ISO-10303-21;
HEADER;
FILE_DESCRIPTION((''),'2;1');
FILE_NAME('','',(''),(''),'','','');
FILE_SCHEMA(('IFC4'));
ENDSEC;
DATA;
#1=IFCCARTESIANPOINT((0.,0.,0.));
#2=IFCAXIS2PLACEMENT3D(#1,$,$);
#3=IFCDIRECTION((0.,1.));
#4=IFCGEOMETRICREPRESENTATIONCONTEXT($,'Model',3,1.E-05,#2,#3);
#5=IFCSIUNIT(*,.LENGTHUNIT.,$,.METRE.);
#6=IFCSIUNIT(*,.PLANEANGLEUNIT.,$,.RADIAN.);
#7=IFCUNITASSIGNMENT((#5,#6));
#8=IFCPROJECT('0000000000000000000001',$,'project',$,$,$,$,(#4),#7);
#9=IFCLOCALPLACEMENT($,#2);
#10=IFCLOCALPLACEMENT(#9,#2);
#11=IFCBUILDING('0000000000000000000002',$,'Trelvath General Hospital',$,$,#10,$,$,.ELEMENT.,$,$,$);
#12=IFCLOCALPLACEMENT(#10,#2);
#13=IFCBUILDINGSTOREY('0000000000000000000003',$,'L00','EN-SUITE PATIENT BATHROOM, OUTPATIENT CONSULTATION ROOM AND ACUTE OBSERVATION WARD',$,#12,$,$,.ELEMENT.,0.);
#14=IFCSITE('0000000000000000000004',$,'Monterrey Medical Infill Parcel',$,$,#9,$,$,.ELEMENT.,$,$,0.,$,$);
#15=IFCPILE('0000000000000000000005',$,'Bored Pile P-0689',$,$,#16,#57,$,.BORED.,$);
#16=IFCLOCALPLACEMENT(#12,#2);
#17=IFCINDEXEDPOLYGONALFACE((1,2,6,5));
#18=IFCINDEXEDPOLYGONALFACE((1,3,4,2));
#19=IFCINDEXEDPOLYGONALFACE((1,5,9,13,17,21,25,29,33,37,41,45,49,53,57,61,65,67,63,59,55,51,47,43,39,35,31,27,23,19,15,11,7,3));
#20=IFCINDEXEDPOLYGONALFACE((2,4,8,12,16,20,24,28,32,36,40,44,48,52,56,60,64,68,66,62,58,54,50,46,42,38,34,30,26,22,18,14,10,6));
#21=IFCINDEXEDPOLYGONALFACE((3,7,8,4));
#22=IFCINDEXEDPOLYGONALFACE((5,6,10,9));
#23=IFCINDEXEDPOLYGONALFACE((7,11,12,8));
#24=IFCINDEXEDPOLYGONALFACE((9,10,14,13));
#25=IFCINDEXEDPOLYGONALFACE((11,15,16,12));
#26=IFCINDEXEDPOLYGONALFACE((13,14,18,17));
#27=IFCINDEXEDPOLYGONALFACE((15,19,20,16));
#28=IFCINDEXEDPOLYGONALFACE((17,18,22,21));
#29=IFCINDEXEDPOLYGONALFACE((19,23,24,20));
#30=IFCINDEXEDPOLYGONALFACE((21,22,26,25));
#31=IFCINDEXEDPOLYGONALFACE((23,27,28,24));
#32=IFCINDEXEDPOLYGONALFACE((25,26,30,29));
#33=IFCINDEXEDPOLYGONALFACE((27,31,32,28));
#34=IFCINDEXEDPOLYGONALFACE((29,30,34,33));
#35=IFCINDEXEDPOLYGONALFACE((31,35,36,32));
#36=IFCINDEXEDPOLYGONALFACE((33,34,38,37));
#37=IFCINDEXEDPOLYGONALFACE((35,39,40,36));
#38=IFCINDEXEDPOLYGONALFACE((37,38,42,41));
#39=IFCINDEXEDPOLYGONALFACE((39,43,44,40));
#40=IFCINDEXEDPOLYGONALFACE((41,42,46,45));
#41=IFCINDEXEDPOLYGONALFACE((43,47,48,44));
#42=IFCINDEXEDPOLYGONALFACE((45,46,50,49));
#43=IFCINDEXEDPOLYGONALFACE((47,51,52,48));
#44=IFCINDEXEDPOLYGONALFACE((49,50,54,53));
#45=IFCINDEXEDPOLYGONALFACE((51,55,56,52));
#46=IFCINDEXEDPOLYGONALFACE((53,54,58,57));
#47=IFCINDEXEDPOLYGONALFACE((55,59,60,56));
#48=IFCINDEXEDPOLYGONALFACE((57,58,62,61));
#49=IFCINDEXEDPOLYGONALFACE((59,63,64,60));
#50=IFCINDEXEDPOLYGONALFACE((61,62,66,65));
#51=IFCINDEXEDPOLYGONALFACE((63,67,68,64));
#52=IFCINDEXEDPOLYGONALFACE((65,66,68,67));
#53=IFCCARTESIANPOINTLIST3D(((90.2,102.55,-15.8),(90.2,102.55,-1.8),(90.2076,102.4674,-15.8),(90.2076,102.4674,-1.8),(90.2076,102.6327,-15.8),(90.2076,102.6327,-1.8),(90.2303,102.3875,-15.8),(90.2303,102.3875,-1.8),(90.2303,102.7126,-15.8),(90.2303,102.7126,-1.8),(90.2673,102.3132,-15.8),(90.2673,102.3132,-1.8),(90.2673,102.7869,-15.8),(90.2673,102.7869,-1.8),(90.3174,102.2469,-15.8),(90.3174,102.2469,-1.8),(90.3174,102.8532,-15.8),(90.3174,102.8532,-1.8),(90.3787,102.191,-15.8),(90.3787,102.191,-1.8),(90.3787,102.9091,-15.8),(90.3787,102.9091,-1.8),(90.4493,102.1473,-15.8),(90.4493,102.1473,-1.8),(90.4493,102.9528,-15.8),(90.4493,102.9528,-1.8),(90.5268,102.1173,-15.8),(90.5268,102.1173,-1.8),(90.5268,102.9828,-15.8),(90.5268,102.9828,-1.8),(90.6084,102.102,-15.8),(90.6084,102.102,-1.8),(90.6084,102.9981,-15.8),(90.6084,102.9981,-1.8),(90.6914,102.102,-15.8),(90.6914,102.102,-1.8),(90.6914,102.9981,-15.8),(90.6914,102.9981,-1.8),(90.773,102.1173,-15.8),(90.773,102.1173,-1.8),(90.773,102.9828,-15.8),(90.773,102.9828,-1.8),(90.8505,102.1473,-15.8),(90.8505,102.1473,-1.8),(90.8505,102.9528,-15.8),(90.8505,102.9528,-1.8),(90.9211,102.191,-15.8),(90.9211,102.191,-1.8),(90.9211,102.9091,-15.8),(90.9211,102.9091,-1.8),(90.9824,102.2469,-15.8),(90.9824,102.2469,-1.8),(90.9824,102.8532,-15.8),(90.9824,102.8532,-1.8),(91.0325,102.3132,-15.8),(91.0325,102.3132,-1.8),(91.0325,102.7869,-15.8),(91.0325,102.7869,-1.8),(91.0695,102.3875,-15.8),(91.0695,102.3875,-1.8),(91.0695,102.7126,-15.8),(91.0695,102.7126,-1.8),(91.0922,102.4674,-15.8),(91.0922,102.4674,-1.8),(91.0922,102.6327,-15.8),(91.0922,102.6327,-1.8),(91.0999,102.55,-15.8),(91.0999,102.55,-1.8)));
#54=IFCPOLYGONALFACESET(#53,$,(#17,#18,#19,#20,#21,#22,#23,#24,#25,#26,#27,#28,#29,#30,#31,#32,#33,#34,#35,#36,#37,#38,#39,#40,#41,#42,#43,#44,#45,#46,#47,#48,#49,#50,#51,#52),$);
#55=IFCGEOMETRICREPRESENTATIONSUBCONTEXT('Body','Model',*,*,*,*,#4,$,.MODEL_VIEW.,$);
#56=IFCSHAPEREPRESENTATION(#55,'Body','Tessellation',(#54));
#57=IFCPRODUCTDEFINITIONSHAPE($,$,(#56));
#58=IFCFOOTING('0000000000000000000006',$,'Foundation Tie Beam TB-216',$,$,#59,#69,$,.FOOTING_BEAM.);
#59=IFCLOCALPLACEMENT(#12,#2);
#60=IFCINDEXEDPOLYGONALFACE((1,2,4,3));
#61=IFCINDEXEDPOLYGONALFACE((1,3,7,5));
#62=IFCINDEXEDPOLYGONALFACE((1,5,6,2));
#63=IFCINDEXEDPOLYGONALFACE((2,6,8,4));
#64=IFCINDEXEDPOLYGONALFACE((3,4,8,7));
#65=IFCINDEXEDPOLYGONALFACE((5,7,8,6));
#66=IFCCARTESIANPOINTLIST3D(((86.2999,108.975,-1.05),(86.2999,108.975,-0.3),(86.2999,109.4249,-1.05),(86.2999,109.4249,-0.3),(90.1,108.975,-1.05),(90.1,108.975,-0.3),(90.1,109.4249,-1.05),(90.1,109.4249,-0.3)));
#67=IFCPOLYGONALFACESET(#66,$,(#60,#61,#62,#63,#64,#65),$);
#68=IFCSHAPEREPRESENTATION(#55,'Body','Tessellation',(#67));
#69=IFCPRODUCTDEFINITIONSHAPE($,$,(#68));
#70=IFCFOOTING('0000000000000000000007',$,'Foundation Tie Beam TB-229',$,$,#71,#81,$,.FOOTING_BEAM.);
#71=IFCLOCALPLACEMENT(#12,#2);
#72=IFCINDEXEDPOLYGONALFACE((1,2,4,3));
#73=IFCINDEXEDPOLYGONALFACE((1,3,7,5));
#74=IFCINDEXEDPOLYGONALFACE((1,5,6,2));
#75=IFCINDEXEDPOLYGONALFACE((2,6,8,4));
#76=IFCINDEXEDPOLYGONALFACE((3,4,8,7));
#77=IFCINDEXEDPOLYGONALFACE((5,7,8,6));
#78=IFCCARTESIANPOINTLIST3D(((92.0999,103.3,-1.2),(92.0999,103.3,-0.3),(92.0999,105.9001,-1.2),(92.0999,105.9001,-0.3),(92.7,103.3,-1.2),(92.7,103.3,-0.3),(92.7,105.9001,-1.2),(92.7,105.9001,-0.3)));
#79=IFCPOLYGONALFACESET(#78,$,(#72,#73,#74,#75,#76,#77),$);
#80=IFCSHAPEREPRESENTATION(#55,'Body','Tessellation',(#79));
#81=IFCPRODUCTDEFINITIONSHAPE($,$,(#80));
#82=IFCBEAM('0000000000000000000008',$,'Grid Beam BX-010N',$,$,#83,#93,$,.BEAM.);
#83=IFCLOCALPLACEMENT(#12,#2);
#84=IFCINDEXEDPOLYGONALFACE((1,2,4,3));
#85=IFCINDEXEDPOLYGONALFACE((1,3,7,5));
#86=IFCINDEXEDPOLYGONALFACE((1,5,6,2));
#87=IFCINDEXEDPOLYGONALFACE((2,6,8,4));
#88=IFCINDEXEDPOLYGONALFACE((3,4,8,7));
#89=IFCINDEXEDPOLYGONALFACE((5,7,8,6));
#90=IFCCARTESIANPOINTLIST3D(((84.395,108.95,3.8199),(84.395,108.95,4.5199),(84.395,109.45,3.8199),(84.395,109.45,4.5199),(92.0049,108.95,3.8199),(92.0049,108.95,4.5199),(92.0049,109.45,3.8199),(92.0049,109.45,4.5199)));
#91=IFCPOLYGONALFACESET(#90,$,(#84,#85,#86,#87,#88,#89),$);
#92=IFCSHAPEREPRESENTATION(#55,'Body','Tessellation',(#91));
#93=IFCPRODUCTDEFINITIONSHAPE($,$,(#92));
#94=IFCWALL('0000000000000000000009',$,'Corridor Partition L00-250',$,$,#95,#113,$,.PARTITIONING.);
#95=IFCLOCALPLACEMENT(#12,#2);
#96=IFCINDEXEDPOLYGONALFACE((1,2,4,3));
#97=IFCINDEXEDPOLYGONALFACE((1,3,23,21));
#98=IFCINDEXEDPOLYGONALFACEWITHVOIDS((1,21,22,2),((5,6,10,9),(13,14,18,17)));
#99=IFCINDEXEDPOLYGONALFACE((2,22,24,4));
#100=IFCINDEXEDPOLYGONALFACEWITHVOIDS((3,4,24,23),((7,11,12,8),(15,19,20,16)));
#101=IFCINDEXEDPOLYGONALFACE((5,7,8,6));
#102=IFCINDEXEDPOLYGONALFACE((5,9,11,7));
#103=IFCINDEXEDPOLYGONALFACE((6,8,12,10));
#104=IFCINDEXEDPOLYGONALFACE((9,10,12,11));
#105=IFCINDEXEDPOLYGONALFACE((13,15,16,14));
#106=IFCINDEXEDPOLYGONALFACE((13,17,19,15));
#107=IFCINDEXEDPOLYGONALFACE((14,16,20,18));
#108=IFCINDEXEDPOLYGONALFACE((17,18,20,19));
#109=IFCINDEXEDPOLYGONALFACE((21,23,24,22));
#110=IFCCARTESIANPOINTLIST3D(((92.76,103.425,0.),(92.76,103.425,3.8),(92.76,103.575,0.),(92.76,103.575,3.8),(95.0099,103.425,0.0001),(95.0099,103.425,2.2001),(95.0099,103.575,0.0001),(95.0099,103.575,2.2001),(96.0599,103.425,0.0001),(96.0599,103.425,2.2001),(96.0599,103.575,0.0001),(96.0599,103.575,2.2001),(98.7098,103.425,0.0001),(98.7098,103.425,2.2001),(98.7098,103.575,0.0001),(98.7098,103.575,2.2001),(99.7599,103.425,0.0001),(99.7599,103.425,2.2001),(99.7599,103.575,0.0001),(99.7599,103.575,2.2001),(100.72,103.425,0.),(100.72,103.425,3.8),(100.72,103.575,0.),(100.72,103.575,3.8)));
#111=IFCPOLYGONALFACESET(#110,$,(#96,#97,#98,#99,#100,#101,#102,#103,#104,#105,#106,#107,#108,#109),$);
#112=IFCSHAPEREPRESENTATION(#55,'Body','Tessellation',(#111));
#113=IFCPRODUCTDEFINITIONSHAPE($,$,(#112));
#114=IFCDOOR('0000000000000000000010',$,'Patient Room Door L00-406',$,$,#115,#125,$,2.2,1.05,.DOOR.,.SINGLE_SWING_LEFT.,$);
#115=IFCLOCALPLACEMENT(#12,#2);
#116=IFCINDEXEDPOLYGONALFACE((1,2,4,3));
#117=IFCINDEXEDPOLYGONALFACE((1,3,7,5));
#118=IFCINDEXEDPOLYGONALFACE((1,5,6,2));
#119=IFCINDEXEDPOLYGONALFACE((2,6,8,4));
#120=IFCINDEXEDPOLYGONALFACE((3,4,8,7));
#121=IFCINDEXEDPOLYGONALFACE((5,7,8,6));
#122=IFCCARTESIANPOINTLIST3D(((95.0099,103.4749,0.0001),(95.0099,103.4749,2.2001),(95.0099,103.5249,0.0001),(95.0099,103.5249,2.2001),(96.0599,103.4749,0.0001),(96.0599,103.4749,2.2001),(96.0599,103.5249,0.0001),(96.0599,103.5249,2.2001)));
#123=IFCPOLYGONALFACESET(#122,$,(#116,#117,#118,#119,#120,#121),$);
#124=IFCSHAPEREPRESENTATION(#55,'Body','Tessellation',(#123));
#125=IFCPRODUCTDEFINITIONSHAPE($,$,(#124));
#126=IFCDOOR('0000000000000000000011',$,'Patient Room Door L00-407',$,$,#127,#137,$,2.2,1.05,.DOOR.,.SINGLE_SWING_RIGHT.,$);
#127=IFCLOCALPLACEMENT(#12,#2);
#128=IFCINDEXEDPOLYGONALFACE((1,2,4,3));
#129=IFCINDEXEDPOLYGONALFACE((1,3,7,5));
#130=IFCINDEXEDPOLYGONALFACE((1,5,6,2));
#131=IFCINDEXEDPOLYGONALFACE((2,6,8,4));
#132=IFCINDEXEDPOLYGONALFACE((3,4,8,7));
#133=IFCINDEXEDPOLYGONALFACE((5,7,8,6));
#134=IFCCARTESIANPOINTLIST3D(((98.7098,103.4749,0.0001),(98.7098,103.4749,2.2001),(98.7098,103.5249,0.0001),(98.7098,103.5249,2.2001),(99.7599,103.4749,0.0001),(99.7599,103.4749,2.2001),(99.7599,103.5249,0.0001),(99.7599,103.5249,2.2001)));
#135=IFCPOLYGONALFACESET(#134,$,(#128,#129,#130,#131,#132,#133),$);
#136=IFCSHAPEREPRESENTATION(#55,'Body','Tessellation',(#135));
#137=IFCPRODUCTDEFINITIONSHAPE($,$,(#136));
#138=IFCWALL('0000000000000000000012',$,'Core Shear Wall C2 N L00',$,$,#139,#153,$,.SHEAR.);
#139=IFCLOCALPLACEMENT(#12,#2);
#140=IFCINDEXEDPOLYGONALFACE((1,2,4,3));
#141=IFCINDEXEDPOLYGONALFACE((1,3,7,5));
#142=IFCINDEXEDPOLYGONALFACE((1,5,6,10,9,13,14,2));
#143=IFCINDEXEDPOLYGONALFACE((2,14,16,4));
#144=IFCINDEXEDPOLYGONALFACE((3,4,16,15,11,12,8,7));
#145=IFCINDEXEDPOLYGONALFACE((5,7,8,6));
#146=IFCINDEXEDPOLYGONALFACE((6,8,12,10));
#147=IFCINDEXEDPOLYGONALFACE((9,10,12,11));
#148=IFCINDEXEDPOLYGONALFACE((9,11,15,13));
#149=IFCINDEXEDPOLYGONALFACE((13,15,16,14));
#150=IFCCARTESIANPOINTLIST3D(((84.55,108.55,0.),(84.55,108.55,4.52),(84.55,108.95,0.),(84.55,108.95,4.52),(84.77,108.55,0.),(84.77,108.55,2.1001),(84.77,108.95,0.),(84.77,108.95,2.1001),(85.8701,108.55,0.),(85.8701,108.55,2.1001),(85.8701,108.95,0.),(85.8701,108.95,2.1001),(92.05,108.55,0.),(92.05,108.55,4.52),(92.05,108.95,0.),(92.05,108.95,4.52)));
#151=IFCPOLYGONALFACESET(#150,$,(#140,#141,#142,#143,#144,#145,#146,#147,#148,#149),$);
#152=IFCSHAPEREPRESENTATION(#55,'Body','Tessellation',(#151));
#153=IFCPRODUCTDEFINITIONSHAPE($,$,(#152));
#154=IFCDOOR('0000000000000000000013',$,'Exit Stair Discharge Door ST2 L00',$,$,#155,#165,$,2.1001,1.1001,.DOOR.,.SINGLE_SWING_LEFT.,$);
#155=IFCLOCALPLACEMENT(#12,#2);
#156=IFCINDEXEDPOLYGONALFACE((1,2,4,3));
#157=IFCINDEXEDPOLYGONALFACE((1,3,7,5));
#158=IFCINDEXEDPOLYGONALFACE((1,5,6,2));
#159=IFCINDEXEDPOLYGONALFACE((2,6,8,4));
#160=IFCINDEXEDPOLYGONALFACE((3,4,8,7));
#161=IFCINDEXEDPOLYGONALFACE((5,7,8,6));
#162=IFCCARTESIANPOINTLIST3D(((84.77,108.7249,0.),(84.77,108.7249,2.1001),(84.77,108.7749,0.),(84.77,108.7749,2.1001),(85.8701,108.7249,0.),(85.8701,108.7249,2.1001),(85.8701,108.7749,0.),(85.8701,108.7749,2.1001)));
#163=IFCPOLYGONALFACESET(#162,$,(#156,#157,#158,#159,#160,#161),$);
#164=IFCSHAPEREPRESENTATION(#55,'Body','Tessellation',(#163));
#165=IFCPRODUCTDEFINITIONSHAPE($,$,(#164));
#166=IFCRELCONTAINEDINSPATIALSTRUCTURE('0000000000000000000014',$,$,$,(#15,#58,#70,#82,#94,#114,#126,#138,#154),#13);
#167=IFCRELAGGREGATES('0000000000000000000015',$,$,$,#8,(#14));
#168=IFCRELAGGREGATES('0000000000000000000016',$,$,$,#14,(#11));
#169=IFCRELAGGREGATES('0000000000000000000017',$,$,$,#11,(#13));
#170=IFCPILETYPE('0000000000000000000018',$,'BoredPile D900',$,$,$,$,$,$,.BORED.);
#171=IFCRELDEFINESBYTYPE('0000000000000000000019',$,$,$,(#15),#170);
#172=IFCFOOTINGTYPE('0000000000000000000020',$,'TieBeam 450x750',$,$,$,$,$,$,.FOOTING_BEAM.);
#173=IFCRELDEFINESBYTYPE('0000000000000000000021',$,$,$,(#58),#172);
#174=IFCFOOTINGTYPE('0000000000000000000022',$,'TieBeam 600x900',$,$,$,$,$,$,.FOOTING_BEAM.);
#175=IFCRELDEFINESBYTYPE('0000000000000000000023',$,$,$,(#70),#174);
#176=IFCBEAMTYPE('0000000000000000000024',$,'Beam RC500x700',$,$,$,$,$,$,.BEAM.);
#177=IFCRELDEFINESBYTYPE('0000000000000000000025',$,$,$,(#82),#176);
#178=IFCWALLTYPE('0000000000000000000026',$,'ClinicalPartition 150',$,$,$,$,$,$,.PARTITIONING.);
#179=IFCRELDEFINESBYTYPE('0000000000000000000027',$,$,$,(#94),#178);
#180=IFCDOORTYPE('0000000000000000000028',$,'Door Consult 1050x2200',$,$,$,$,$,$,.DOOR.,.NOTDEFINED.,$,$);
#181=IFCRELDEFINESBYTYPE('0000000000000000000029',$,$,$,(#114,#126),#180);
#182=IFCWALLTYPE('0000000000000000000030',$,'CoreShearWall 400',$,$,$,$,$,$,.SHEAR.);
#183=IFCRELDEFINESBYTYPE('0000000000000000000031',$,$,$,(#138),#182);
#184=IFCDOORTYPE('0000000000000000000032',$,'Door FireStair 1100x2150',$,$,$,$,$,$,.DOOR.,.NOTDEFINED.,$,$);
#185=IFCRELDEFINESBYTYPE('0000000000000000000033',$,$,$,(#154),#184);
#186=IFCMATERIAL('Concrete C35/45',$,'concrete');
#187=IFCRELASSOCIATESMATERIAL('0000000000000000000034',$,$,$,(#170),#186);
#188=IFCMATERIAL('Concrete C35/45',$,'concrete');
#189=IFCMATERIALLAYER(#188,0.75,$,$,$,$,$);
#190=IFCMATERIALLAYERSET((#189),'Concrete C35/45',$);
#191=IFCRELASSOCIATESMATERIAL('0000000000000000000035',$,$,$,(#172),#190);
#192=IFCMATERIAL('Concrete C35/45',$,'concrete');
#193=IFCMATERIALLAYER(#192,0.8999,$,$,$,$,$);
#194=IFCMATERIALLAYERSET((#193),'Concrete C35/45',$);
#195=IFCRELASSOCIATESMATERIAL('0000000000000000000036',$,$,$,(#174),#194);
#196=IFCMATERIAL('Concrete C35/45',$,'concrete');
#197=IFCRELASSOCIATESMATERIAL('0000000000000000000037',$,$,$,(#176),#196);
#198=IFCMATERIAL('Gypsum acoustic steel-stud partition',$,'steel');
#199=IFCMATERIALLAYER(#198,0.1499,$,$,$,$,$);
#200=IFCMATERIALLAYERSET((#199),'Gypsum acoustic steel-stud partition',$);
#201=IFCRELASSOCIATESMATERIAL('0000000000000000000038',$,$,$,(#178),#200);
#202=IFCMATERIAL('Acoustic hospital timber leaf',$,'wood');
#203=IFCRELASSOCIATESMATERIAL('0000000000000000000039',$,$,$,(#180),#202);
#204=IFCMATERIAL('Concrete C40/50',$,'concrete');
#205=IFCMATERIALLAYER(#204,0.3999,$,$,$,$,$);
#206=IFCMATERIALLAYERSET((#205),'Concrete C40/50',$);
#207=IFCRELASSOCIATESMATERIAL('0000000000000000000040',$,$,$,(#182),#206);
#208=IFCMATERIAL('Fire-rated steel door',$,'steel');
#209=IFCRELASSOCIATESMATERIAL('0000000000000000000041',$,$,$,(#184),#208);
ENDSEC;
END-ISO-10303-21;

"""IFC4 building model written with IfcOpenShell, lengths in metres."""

from ifc_helpers import new_model, si_unit, direction, frame, frame_2d, origin, origin_2d, place, context, subcontext, project, spatial, rectangle, circle, extrude, material, layer, layer_set, material_profile, profile_set, type_object, element, fill, save


model = new_model("IFC4")

# Units and contexts
model_context = context("Model", 3, precision=1e-05, world=origin(), true_north=direction((0.0, 1.0)))
body_context = subcontext(model_context, "Body", "Model", "MODEL_VIEW")
ifc_project = project(units=[si_unit("LENGTHUNIT", "METRE"), si_unit("PLANEANGLEUNIT", "RADIAN")], contexts=[model_context])

# Site, building, storey
site_placement = place(None, origin())
site = spatial("IfcSite", under=ifc_project, at=site_placement, Name="Monterrey Medical Infill Parcel", CompositionType="ELEMENT", RefElevation=0.0)
building_placement = place(site_placement, origin())
building = spatial("IfcBuilding", under=site, at=building_placement, Name="Trelvath General Hospital", CompositionType="ELEMENT")
storey_placement = place(building_placement, origin())
storey = spatial("IfcBuildingStorey", under=building, at=storey_placement, Name="L00", Description="EN-SUITE PATIENT BATHROOM, OUTPATIENT CONSULTATION ROOM AND ACUTE OBSERVATION WARD", CompositionType="ELEMENT", Elevation=0.0)

# Pile
ifc_material_1 = material(Name="Concrete C35/45", Category="concrete")
ifc_material_profile_1 = material_profile(ifc_material_1, circle(Radius=0.45, at=origin_2d()), Name="PILE900")
ifc_profile_set_1 = profile_set([ifc_material_profile_1], Name="Concrete C35/45")
pile_type_1 = type_object("IfcPileType", Name="BoredPile D900", PredefinedType="BORED", material=ifc_profile_set_1)
for number, where, z_axis, x_axis, name in (
    (1, (90.6499, 102.55, -1.8), (0.0, 0.0, -1.0), (1.0, 0.0, 0.0), "Bored Pile P-0689"),
):
    element("IfcPile", number, at=place(storey_placement, frame(where, z_axis=z_axis, x_axis=x_axis)), inside=storey, type_object=pile_type_1, Name=name, PredefinedType="BORED", context=body_context, shape_type="SweptSolid", body=[
        extrude(circle(Radius=0.45, at=origin_2d()), origin(), (0.0, 0.0, 1.0), 14.0),
    ])

# Footings
ifc_material_2 = material(Name="Concrete C35/45", Category="concrete")
ifc_layer_1 = layer(ifc_material_2, 0.75)
ifc_layer_set_1 = layer_set([ifc_layer_1], Name="Concrete C35/45")
footing_type_1 = type_object("IfcFootingType", Name="TieBeam 450x750", PredefinedType="FOOTING_BEAM", material=ifc_layer_set_1)
footing_1_placement = place(storey_placement, frame((88.2, 109.2, -1.05), z_axis=(0.0, 0.0, 1.0), x_axis=(1.0, 0.0, 0.0)))
element("IfcFooting", 2, at=footing_1_placement, inside=storey, type_object=footing_type_1, Name="Foundation Tie Beam TB-216", PredefinedType="FOOTING_BEAM", context=body_context, shape_type="SweptSolid", body=[
    extrude(rectangle(XDim=3.8, YDim=0.45, at=origin_2d()), origin(), (0.0, 0.0, 1.0), 0.75),
])
ifc_material_3 = material(Name="Concrete C35/45", Category="concrete")
ifc_layer_2 = layer(ifc_material_3, 0.8999)
ifc_layer_set_2 = layer_set([ifc_layer_2], Name="Concrete C35/45")
footing_type_2 = type_object("IfcFootingType", Name="TieBeam 600x900", PredefinedType="FOOTING_BEAM", material=ifc_layer_set_2)
footing_2_placement = place(storey_placement, frame((92.3999, 104.6001, -1.2), z_axis=(0.0, 0.0, 1.0), x_axis=(1.0, 0.0, 0.0)))
element("IfcFooting", 3, at=footing_2_placement, inside=storey, type_object=footing_type_2, Name="Foundation Tie Beam TB-229", PredefinedType="FOOTING_BEAM", context=body_context, shape_type="SweptSolid", body=[
    extrude(rectangle(XDim=0.6001, YDim=2.6001, at=origin_2d()), origin(), (0.0, 0.0, 1.0), 0.8999),
])

# Beam
ifc_material_4 = material(Name="Concrete C35/45", Category="concrete")
ifc_material_profile_2 = material_profile(ifc_material_4, rectangle(XDim=0.5, YDim=0.7, at=origin_2d()), Name="RCB500x700")
ifc_profile_set_2 = profile_set([ifc_material_profile_2], Name="Concrete C35/45")
beam_type = type_object("IfcBeamType", Name="Beam RC500x700", PredefinedType="BEAM", material=ifc_profile_set_2)
beam_placement = place(storey_placement, frame((84.395, 109.2, 4.1699), z_axis=(1.0, 0.0, 0.0), x_axis=(0.0, 1.0, 0.0)))
element("IfcBeam", 4, at=beam_placement, inside=storey, type_object=beam_type, Name="Grid Beam BX-010N", PredefinedType="BEAM", context=body_context, shape_type="SweptSolid", body=[
    extrude(rectangle(XDim=0.5, YDim=0.7, at=origin_2d()), origin(), (0.0, 0.0, 1.0), 7.6099),
])

# Wall, openings, doors
ifc_material_5 = material(Name="Gypsum acoustic steel-stud partition", Category="steel")
ifc_layer_3 = layer(ifc_material_5, 0.1499)
ifc_layer_set_3 = layer_set([ifc_layer_3], Name="Gypsum acoustic steel-stud partition")
wall_type_1 = type_object("IfcWallType", Name="ClinicalPartition 150", PredefinedType="PARTITIONING", material=ifc_layer_set_3)
wall_1_placement = place(storey_placement, frame((92.76, 103.5, 0.0), z_axis=(0.0, 0.0, 1.0), x_axis=(1.0, 0.0, 0.0)))
wall_1 = element("IfcWall", 5, at=wall_1_placement, inside=storey, type_object=wall_type_1, Name="Corridor Partition L00-250", PredefinedType="PARTITIONING", context=body_context, shape_type="SweptSolid", body=[
    extrude(rectangle(XDim=7.96, YDim=0.1499, at=frame_2d((3.98, 0.0))), origin(), (0.0, 0.0, 1.0), 3.8),
])
opening_1_placement = place(wall_1_placement, frame((2.25, 0.0, 0.0)))
opening_1 = element("IfcOpeningElement", 6, at=opening_1_placement, cuts=wall_1, PredefinedType="OPENING", context=body_context, shape_type="SweptSolid", body=[
    extrude(rectangle(XDim=1.05, YDim=2.2, at=frame_2d((0.5249, 1.1001))), frame((0.0, 0.085, 0.0), z_axis=(0.0, -1.0, 0.0), x_axis=(1.0, 0.0, 0.0)), (0.0, 0.0, 1.0), 0.1699),
])
opening_2_placement = place(wall_1_placement, frame((5.95, 0.0, 0.0)))
opening_2 = element("IfcOpeningElement", 7, at=opening_2_placement, cuts=wall_1, PredefinedType="OPENING", context=body_context, shape_type="SweptSolid", body=[
    extrude(rectangle(XDim=1.05, YDim=2.2, at=frame_2d((0.5249, 1.1001))), frame((0.0, 0.085, 0.0), z_axis=(0.0, -1.0, 0.0), x_axis=(1.0, 0.0, 0.0)), (0.0, 0.0, 1.0), 0.1699),
])
ifc_material_6 = material(Name="Acoustic hospital timber leaf", Category="wood")
door_type_1 = type_object("IfcDoorType", Name="Door Consult 1050x2200", OperationType="NOTDEFINED", PredefinedType="DOOR", material=ifc_material_6)
door_1_placement = place(opening_1_placement, origin())
door_1 = element("IfcDoor", 8, at=door_1_placement, inside=storey, type_object=door_type_1, Name="Patient Room Door L00-406", OperationType="SINGLE_SWING_LEFT", OverallHeight=2.2, OverallWidth=1.05, PredefinedType="DOOR", context=body_context, shape_type="SweptSolid", body=[
    extrude(rectangle(XDim=1.05, YDim=2.2, at=frame_2d((0.5249, 1.1001))), frame((0.0, 0.0249, 0.0), z_axis=(0.0, -1.0, 0.0), x_axis=(1.0, 0.0, 0.0)), (0.0, 0.0, 1.0), 0.05),
])
fill(opening_1, door_1)
door_2_placement = place(opening_2_placement, origin())
door_2 = element("IfcDoor", 9, at=door_2_placement, inside=storey, type_object=door_type_1, Name="Patient Room Door L00-407", OperationType="SINGLE_SWING_RIGHT", OverallHeight=2.2, OverallWidth=1.05, PredefinedType="DOOR", context=body_context, shape_type="SweptSolid", body=[
    extrude(rectangle(XDim=1.05, YDim=2.2, at=frame_2d((0.5249, 1.1001))), frame((0.0, 0.0249, 0.0), z_axis=(0.0, -1.0, 0.0), x_axis=(1.0, 0.0, 0.0)), (0.0, 0.0, 1.0), 0.05),
])
fill(opening_2, door_2)

# Wall, opening, door
ifc_material_7 = material(Name="Concrete C40/50", Category="concrete")
ifc_layer_4 = layer(ifc_material_7, 0.3999)
ifc_layer_set_4 = layer_set([ifc_layer_4], Name="Concrete C40/50")
wall_type_2 = type_object("IfcWallType", Name="CoreShearWall 400", PredefinedType="SHEAR", material=ifc_layer_set_4)
wall_2_placement = place(storey_placement, frame((84.55, 108.75, 0.0), z_axis=(0.0, 0.0, 1.0), x_axis=(1.0, 0.0, 0.0)))
wall_2 = element("IfcWall", 10, at=wall_2_placement, inside=storey, type_object=wall_type_2, Name="Core Shear Wall C2 N L00", PredefinedType="SHEAR", context=body_context, shape_type="SweptSolid", body=[
    extrude(rectangle(XDim=7.5, YDim=0.3999, at=frame_2d((3.75, 0.0))), origin(), (0.0, 0.0, 1.0), 4.52),
])
opening_3_placement = place(wall_2_placement, frame((0.22, 0.0, 0.0)))
opening_3 = element("IfcOpeningElement", 11, at=opening_3_placement, cuts=wall_2, PredefinedType="OPENING", context=body_context, shape_type="SweptSolid", body=[
    extrude(rectangle(XDim=1.1001, YDim=2.1001, at=frame_2d((0.55, 1.05))), frame((0.0, 0.21, 0.0), z_axis=(0.0, -1.0, 0.0), x_axis=(1.0, 0.0, 0.0)), (0.0, 0.0, 1.0), 0.4199),
])
ifc_material_8 = material(Name="Fire-rated steel door", Category="steel")
door_type_2 = type_object("IfcDoorType", Name="Door FireStair 1100x2150", OperationType="NOTDEFINED", PredefinedType="DOOR", material=ifc_material_8)
door_3_placement = place(opening_3_placement, origin())
door_3 = element("IfcDoor", 12, at=door_3_placement, inside=storey, type_object=door_type_2, Name="Exit Stair Discharge Door ST2 L00", OperationType="SINGLE_SWING_LEFT", OverallHeight=2.1001, OverallWidth=1.1001, PredefinedType="DOOR", context=body_context, shape_type="SweptSolid", body=[
    extrude(rectangle(XDim=1.1001, YDim=2.1001, at=frame_2d((0.55, 1.05))), frame((0.0, 0.0249, 0.0), z_axis=(0.0, -1.0, 0.0), x_axis=(1.0, 0.0, 0.0)), (0.0, 0.0, 1.0), 0.05),
])
fill(opening_3, door_3)

save(model, "model.ifc")
